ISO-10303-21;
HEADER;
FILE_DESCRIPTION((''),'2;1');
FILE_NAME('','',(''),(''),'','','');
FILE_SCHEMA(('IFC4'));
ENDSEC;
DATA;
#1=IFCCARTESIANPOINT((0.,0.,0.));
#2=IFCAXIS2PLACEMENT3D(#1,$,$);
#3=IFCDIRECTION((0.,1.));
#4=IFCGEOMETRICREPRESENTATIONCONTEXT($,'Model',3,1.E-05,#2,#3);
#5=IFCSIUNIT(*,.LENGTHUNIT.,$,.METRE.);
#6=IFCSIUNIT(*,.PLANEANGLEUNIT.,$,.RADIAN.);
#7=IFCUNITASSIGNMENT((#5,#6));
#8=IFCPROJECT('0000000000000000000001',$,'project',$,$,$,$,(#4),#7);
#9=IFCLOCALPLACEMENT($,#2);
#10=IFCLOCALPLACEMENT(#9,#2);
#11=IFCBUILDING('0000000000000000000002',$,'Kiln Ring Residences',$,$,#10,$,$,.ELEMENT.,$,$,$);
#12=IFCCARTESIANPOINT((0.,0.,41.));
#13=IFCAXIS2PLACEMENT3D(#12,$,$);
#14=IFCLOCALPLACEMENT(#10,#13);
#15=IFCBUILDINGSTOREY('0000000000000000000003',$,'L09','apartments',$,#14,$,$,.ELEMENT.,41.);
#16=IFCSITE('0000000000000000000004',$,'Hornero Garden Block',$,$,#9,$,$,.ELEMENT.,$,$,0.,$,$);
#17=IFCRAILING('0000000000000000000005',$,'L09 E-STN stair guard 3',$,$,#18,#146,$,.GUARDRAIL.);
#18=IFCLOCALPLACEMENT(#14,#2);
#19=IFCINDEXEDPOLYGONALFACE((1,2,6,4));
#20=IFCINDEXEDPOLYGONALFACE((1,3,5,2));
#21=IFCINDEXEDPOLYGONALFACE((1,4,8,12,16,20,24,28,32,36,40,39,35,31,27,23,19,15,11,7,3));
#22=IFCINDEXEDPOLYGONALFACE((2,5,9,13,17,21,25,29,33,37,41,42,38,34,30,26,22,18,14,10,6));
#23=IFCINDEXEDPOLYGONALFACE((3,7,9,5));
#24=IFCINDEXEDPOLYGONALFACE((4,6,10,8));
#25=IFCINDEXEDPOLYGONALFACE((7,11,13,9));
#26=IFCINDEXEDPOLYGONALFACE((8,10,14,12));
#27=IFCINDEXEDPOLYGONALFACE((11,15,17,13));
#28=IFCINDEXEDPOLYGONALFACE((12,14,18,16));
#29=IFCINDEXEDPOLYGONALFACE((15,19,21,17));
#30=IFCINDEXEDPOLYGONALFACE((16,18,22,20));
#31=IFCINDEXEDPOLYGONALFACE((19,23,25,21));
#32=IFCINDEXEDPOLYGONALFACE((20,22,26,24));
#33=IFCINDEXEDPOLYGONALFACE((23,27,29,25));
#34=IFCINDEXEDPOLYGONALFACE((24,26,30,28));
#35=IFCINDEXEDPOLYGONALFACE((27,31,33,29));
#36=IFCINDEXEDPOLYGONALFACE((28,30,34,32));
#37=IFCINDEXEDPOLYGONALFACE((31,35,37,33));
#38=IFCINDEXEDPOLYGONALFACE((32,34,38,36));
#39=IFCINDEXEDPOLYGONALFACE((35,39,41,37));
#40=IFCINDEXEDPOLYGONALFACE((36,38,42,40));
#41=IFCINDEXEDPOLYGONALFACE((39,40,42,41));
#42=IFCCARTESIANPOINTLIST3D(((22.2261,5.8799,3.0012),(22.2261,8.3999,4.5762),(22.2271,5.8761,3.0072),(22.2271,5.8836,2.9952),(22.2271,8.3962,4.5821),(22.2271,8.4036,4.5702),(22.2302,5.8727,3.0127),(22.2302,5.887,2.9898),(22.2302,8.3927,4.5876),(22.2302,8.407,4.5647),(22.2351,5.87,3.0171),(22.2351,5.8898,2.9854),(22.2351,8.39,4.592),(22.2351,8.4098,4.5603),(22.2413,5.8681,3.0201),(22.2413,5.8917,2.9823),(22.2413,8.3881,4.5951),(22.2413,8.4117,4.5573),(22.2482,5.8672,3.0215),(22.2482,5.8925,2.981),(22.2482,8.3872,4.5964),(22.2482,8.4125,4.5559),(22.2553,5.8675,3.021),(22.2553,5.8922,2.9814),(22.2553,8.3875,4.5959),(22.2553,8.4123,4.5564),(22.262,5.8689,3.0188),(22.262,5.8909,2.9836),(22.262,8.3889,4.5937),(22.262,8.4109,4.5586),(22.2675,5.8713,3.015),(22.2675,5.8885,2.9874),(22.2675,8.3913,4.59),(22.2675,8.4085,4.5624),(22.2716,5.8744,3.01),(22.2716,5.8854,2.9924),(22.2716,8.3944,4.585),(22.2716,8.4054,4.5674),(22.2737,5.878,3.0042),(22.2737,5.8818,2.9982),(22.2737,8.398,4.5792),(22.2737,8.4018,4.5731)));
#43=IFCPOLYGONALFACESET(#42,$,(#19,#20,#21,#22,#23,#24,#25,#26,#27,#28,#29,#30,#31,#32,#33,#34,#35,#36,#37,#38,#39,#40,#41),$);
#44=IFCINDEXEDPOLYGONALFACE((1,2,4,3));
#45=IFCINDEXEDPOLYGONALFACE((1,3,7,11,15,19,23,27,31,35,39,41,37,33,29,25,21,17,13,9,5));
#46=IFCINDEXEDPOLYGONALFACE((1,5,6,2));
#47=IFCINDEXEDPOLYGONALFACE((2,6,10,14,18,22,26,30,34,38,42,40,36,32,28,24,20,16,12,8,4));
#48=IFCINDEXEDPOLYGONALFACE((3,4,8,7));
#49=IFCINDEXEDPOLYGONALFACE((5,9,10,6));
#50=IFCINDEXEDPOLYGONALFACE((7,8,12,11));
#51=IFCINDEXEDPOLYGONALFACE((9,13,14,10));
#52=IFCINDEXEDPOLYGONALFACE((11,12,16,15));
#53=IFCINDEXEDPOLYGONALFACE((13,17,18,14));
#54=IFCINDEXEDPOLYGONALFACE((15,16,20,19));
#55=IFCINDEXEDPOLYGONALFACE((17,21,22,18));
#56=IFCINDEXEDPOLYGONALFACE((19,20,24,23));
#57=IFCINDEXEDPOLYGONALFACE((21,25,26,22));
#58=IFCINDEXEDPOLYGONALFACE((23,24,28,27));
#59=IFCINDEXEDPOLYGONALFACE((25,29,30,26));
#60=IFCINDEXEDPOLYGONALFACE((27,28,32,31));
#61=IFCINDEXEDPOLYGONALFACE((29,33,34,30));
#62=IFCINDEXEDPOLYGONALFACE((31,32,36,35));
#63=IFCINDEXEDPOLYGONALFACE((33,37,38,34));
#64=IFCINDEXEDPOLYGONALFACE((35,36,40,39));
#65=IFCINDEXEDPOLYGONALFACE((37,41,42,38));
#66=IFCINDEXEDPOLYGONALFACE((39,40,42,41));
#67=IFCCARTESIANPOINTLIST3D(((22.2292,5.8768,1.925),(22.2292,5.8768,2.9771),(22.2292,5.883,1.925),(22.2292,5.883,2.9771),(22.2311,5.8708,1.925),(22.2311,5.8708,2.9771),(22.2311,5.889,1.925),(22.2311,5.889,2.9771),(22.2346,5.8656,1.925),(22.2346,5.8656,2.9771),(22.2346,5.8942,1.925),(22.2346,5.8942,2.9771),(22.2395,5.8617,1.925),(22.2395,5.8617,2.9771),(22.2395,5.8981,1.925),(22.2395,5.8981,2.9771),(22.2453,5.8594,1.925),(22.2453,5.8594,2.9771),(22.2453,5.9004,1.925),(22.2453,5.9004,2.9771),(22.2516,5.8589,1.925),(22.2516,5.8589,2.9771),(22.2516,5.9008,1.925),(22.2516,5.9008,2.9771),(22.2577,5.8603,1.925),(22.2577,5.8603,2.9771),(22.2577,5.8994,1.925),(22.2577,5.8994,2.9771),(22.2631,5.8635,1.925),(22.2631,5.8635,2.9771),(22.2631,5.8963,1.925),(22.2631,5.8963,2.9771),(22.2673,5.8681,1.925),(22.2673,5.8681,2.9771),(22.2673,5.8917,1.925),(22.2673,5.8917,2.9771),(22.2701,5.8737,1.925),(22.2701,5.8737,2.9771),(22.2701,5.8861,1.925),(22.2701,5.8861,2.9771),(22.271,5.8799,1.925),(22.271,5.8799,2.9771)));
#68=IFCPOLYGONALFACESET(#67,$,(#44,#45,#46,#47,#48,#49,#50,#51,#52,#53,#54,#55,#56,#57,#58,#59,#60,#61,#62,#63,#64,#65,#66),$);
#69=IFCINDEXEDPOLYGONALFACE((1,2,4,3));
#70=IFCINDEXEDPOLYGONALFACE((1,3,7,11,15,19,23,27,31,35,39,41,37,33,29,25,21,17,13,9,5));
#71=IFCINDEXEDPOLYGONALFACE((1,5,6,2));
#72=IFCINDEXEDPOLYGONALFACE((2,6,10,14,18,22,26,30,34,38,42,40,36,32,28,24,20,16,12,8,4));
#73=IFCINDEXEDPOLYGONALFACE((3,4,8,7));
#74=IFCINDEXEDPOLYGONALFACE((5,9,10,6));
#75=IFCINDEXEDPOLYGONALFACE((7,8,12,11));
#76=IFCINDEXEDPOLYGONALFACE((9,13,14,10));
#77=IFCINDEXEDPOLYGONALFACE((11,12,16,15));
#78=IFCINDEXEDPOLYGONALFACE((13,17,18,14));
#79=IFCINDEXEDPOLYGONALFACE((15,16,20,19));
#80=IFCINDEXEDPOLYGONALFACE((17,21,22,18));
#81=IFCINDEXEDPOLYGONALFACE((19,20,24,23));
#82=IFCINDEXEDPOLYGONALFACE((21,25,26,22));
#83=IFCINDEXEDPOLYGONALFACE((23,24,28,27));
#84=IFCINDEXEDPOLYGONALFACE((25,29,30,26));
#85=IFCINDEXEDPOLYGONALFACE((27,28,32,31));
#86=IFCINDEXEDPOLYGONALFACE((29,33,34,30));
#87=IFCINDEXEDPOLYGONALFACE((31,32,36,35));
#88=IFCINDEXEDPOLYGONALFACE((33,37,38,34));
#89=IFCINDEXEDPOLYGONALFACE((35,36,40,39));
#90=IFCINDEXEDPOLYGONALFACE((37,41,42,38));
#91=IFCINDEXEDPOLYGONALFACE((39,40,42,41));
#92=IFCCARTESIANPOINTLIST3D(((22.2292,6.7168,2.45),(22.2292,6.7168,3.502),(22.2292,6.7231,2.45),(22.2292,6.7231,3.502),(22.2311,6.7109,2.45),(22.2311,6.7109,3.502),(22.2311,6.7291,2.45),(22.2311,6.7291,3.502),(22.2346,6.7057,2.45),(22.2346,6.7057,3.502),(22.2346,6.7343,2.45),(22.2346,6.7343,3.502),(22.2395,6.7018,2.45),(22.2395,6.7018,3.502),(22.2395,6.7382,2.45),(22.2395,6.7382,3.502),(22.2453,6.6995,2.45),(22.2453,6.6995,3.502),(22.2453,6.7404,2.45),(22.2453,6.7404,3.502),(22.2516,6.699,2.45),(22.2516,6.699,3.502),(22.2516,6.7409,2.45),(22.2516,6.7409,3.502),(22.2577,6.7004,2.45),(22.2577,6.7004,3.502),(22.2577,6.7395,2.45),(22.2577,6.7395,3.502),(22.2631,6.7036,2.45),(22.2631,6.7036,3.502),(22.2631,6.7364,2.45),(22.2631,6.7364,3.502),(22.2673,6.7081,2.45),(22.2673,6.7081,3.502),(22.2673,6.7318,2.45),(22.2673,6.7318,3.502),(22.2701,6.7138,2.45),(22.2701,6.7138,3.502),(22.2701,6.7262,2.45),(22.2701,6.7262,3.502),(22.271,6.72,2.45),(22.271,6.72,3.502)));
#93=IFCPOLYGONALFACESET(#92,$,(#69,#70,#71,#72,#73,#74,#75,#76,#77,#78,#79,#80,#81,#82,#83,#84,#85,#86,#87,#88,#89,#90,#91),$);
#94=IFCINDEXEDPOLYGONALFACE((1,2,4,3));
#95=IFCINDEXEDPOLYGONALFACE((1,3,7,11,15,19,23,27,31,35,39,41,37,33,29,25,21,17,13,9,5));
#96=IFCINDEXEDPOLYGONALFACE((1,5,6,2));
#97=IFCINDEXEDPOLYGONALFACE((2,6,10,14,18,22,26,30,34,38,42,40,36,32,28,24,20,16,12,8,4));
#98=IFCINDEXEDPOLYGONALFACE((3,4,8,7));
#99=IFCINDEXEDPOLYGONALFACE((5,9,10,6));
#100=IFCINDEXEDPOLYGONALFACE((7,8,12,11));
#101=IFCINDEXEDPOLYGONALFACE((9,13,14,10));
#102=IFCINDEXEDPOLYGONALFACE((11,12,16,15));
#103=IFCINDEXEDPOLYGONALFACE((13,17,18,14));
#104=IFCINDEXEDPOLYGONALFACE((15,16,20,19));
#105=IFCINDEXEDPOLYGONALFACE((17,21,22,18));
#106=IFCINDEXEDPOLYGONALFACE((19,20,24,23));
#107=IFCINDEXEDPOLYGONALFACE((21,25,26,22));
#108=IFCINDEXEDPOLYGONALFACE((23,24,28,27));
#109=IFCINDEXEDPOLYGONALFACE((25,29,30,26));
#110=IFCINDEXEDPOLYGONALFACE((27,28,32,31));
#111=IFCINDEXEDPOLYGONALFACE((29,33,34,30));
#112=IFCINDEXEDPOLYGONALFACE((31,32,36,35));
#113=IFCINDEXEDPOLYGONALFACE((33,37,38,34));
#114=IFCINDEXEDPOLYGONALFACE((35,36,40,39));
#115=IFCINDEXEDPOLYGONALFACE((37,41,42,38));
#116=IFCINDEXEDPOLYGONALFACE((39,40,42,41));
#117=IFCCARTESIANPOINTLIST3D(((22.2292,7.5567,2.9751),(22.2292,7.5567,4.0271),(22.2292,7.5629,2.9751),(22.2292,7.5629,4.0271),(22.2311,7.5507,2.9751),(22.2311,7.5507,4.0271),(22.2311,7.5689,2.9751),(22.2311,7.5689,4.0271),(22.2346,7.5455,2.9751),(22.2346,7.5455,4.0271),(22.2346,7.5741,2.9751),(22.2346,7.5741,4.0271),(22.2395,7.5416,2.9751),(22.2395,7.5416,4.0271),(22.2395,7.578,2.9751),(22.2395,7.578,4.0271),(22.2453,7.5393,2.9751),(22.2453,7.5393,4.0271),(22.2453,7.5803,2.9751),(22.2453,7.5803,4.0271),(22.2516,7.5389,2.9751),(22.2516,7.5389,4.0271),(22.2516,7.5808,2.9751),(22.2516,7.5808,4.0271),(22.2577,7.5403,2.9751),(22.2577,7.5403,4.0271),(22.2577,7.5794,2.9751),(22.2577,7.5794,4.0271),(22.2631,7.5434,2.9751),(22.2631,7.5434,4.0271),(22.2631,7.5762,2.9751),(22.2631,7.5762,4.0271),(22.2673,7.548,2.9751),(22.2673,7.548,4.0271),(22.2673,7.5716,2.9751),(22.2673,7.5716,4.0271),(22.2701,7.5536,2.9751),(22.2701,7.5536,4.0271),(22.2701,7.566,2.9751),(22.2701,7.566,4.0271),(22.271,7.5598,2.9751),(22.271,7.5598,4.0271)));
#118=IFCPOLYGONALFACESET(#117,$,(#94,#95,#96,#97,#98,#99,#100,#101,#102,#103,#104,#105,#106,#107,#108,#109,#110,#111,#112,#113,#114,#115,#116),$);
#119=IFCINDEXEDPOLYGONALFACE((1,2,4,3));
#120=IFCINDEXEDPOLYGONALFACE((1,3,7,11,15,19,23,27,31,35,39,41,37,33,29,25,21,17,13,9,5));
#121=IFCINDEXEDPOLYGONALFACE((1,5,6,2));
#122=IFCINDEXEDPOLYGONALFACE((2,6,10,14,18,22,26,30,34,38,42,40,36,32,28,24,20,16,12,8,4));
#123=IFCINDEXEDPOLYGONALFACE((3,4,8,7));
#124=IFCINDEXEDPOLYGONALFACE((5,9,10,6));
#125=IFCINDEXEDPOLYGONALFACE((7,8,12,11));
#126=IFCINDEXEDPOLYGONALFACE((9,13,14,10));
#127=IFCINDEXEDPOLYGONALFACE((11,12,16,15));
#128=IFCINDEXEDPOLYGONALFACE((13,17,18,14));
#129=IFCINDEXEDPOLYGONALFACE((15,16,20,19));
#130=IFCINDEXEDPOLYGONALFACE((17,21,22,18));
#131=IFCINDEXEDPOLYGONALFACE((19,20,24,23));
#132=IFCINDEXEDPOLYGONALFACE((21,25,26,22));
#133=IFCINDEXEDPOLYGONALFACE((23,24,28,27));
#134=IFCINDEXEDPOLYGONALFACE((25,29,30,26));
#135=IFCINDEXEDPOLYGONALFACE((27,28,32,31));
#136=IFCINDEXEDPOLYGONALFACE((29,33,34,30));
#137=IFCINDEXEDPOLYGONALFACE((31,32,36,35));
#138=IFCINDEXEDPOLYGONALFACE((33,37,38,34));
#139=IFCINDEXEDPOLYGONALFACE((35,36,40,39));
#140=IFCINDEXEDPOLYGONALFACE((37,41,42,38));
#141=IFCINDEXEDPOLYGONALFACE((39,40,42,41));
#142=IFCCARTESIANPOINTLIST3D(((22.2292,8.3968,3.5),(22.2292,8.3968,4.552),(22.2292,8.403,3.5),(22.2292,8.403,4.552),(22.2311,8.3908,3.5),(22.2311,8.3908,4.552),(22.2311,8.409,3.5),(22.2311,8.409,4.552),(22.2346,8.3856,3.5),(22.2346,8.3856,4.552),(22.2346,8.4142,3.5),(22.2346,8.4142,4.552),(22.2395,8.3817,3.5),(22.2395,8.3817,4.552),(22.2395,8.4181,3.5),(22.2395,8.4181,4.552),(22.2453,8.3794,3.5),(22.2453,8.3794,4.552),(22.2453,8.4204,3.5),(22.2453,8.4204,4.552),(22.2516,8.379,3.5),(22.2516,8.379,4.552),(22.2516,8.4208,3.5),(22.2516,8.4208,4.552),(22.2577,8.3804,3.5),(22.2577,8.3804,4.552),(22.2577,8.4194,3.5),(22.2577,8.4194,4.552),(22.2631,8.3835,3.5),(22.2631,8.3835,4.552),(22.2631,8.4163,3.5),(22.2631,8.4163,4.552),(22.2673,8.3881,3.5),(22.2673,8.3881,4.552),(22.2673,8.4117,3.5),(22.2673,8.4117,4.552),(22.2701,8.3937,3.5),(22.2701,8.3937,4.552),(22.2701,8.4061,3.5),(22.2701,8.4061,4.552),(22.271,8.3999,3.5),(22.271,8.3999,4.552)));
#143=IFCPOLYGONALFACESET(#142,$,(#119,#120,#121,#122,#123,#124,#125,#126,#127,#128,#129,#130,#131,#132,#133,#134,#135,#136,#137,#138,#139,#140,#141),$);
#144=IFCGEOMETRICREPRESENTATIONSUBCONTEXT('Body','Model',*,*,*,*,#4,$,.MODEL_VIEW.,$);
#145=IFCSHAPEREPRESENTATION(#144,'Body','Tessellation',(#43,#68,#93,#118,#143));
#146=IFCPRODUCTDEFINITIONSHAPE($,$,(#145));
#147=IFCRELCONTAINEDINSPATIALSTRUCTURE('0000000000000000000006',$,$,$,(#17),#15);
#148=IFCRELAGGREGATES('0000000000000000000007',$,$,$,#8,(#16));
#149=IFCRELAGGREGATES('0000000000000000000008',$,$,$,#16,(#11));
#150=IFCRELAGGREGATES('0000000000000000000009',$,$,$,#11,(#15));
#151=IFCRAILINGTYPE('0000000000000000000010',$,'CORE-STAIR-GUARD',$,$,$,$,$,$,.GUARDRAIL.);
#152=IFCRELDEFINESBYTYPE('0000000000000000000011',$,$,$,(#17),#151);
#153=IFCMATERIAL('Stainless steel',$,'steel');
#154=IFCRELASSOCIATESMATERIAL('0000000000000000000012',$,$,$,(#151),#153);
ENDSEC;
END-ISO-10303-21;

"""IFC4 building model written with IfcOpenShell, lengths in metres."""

from ifc_helpers import new_model, si_unit, direction, frame, origin, origin_2d, place, context, subcontext, project, spatial, circle, extrude, material, type_object, element, save


model = new_model("IFC4")

# Units and contexts
model_context = context("Model", 3, precision=1e-05, world=origin(), true_north=direction((0.0, 1.0)))
body_context = subcontext(model_context, "Body", "Model", "MODEL_VIEW")
ifc_project = project(units=[si_unit("LENGTHUNIT", "METRE"), si_unit("PLANEANGLEUNIT", "RADIAN")], contexts=[model_context])

# Site, building, storey
site_placement = place(None, origin())
site = spatial("IfcSite", under=ifc_project, at=site_placement, Name="Hornero Garden Block", CompositionType="ELEMENT", RefElevation=0.0)
building_placement = place(site_placement, origin())
building = spatial("IfcBuilding", under=site, at=building_placement, Name="Kiln Ring Residences", CompositionType="ELEMENT")
storey_placement = place(building_placement, frame((0.0, 0.0, 41.0)))
storey = spatial("IfcBuildingStorey", under=building, at=storey_placement, Name="L09", Description="apartments", CompositionType="ELEMENT", Elevation=41.0)

# Railing
ifc_material_1 = material(Name="Stainless steel", Category="steel")
railing_type_1 = type_object("IfcRailingType", Name="CORE-STAIR-GUARD", PredefinedType="GUARDRAIL", material=ifc_material_1)
railing_1_placement = place(storey_placement, frame((22.25, 5.8799, 1.925)))
element("IfcRailing", 1, at=railing_1_placement, inside=storey, type_object=railing_type_1, Name="L09 E-STN stair guard 3", PredefinedType="GUARDRAIL", context=body_context, shape_type="SweptSolid", body=[
    extrude(circle(Radius=0.0239, at=origin_2d()), frame((0.0, 0.0, 1.0762), z_axis=(0.0, 0.848008, 0.529984), x_axis=(-1.0, 0.0, 0.0)), (0.0, 0.0, 1.0), 2.9717),
    extrude(circle(Radius=0.021, at=origin_2d()), origin(), (0.0, 0.0, 1.0), 1.052),
    extrude(circle(Radius=0.021, at=origin_2d()), frame((0.0, 0.8401, 0.5249)), (0.0, 0.0, 1.0), 1.052),
    extrude(circle(Radius=0.021, at=origin_2d()), frame((0.0, 1.6799, 1.05)), (0.0, 0.0, 1.0), 1.052),
    extrude(circle(Radius=0.021, at=origin_2d()), frame((0.0, 2.52, 1.575)), (0.0, 0.0, 1.0), 1.052),
])

save(model, "model.ifc")
